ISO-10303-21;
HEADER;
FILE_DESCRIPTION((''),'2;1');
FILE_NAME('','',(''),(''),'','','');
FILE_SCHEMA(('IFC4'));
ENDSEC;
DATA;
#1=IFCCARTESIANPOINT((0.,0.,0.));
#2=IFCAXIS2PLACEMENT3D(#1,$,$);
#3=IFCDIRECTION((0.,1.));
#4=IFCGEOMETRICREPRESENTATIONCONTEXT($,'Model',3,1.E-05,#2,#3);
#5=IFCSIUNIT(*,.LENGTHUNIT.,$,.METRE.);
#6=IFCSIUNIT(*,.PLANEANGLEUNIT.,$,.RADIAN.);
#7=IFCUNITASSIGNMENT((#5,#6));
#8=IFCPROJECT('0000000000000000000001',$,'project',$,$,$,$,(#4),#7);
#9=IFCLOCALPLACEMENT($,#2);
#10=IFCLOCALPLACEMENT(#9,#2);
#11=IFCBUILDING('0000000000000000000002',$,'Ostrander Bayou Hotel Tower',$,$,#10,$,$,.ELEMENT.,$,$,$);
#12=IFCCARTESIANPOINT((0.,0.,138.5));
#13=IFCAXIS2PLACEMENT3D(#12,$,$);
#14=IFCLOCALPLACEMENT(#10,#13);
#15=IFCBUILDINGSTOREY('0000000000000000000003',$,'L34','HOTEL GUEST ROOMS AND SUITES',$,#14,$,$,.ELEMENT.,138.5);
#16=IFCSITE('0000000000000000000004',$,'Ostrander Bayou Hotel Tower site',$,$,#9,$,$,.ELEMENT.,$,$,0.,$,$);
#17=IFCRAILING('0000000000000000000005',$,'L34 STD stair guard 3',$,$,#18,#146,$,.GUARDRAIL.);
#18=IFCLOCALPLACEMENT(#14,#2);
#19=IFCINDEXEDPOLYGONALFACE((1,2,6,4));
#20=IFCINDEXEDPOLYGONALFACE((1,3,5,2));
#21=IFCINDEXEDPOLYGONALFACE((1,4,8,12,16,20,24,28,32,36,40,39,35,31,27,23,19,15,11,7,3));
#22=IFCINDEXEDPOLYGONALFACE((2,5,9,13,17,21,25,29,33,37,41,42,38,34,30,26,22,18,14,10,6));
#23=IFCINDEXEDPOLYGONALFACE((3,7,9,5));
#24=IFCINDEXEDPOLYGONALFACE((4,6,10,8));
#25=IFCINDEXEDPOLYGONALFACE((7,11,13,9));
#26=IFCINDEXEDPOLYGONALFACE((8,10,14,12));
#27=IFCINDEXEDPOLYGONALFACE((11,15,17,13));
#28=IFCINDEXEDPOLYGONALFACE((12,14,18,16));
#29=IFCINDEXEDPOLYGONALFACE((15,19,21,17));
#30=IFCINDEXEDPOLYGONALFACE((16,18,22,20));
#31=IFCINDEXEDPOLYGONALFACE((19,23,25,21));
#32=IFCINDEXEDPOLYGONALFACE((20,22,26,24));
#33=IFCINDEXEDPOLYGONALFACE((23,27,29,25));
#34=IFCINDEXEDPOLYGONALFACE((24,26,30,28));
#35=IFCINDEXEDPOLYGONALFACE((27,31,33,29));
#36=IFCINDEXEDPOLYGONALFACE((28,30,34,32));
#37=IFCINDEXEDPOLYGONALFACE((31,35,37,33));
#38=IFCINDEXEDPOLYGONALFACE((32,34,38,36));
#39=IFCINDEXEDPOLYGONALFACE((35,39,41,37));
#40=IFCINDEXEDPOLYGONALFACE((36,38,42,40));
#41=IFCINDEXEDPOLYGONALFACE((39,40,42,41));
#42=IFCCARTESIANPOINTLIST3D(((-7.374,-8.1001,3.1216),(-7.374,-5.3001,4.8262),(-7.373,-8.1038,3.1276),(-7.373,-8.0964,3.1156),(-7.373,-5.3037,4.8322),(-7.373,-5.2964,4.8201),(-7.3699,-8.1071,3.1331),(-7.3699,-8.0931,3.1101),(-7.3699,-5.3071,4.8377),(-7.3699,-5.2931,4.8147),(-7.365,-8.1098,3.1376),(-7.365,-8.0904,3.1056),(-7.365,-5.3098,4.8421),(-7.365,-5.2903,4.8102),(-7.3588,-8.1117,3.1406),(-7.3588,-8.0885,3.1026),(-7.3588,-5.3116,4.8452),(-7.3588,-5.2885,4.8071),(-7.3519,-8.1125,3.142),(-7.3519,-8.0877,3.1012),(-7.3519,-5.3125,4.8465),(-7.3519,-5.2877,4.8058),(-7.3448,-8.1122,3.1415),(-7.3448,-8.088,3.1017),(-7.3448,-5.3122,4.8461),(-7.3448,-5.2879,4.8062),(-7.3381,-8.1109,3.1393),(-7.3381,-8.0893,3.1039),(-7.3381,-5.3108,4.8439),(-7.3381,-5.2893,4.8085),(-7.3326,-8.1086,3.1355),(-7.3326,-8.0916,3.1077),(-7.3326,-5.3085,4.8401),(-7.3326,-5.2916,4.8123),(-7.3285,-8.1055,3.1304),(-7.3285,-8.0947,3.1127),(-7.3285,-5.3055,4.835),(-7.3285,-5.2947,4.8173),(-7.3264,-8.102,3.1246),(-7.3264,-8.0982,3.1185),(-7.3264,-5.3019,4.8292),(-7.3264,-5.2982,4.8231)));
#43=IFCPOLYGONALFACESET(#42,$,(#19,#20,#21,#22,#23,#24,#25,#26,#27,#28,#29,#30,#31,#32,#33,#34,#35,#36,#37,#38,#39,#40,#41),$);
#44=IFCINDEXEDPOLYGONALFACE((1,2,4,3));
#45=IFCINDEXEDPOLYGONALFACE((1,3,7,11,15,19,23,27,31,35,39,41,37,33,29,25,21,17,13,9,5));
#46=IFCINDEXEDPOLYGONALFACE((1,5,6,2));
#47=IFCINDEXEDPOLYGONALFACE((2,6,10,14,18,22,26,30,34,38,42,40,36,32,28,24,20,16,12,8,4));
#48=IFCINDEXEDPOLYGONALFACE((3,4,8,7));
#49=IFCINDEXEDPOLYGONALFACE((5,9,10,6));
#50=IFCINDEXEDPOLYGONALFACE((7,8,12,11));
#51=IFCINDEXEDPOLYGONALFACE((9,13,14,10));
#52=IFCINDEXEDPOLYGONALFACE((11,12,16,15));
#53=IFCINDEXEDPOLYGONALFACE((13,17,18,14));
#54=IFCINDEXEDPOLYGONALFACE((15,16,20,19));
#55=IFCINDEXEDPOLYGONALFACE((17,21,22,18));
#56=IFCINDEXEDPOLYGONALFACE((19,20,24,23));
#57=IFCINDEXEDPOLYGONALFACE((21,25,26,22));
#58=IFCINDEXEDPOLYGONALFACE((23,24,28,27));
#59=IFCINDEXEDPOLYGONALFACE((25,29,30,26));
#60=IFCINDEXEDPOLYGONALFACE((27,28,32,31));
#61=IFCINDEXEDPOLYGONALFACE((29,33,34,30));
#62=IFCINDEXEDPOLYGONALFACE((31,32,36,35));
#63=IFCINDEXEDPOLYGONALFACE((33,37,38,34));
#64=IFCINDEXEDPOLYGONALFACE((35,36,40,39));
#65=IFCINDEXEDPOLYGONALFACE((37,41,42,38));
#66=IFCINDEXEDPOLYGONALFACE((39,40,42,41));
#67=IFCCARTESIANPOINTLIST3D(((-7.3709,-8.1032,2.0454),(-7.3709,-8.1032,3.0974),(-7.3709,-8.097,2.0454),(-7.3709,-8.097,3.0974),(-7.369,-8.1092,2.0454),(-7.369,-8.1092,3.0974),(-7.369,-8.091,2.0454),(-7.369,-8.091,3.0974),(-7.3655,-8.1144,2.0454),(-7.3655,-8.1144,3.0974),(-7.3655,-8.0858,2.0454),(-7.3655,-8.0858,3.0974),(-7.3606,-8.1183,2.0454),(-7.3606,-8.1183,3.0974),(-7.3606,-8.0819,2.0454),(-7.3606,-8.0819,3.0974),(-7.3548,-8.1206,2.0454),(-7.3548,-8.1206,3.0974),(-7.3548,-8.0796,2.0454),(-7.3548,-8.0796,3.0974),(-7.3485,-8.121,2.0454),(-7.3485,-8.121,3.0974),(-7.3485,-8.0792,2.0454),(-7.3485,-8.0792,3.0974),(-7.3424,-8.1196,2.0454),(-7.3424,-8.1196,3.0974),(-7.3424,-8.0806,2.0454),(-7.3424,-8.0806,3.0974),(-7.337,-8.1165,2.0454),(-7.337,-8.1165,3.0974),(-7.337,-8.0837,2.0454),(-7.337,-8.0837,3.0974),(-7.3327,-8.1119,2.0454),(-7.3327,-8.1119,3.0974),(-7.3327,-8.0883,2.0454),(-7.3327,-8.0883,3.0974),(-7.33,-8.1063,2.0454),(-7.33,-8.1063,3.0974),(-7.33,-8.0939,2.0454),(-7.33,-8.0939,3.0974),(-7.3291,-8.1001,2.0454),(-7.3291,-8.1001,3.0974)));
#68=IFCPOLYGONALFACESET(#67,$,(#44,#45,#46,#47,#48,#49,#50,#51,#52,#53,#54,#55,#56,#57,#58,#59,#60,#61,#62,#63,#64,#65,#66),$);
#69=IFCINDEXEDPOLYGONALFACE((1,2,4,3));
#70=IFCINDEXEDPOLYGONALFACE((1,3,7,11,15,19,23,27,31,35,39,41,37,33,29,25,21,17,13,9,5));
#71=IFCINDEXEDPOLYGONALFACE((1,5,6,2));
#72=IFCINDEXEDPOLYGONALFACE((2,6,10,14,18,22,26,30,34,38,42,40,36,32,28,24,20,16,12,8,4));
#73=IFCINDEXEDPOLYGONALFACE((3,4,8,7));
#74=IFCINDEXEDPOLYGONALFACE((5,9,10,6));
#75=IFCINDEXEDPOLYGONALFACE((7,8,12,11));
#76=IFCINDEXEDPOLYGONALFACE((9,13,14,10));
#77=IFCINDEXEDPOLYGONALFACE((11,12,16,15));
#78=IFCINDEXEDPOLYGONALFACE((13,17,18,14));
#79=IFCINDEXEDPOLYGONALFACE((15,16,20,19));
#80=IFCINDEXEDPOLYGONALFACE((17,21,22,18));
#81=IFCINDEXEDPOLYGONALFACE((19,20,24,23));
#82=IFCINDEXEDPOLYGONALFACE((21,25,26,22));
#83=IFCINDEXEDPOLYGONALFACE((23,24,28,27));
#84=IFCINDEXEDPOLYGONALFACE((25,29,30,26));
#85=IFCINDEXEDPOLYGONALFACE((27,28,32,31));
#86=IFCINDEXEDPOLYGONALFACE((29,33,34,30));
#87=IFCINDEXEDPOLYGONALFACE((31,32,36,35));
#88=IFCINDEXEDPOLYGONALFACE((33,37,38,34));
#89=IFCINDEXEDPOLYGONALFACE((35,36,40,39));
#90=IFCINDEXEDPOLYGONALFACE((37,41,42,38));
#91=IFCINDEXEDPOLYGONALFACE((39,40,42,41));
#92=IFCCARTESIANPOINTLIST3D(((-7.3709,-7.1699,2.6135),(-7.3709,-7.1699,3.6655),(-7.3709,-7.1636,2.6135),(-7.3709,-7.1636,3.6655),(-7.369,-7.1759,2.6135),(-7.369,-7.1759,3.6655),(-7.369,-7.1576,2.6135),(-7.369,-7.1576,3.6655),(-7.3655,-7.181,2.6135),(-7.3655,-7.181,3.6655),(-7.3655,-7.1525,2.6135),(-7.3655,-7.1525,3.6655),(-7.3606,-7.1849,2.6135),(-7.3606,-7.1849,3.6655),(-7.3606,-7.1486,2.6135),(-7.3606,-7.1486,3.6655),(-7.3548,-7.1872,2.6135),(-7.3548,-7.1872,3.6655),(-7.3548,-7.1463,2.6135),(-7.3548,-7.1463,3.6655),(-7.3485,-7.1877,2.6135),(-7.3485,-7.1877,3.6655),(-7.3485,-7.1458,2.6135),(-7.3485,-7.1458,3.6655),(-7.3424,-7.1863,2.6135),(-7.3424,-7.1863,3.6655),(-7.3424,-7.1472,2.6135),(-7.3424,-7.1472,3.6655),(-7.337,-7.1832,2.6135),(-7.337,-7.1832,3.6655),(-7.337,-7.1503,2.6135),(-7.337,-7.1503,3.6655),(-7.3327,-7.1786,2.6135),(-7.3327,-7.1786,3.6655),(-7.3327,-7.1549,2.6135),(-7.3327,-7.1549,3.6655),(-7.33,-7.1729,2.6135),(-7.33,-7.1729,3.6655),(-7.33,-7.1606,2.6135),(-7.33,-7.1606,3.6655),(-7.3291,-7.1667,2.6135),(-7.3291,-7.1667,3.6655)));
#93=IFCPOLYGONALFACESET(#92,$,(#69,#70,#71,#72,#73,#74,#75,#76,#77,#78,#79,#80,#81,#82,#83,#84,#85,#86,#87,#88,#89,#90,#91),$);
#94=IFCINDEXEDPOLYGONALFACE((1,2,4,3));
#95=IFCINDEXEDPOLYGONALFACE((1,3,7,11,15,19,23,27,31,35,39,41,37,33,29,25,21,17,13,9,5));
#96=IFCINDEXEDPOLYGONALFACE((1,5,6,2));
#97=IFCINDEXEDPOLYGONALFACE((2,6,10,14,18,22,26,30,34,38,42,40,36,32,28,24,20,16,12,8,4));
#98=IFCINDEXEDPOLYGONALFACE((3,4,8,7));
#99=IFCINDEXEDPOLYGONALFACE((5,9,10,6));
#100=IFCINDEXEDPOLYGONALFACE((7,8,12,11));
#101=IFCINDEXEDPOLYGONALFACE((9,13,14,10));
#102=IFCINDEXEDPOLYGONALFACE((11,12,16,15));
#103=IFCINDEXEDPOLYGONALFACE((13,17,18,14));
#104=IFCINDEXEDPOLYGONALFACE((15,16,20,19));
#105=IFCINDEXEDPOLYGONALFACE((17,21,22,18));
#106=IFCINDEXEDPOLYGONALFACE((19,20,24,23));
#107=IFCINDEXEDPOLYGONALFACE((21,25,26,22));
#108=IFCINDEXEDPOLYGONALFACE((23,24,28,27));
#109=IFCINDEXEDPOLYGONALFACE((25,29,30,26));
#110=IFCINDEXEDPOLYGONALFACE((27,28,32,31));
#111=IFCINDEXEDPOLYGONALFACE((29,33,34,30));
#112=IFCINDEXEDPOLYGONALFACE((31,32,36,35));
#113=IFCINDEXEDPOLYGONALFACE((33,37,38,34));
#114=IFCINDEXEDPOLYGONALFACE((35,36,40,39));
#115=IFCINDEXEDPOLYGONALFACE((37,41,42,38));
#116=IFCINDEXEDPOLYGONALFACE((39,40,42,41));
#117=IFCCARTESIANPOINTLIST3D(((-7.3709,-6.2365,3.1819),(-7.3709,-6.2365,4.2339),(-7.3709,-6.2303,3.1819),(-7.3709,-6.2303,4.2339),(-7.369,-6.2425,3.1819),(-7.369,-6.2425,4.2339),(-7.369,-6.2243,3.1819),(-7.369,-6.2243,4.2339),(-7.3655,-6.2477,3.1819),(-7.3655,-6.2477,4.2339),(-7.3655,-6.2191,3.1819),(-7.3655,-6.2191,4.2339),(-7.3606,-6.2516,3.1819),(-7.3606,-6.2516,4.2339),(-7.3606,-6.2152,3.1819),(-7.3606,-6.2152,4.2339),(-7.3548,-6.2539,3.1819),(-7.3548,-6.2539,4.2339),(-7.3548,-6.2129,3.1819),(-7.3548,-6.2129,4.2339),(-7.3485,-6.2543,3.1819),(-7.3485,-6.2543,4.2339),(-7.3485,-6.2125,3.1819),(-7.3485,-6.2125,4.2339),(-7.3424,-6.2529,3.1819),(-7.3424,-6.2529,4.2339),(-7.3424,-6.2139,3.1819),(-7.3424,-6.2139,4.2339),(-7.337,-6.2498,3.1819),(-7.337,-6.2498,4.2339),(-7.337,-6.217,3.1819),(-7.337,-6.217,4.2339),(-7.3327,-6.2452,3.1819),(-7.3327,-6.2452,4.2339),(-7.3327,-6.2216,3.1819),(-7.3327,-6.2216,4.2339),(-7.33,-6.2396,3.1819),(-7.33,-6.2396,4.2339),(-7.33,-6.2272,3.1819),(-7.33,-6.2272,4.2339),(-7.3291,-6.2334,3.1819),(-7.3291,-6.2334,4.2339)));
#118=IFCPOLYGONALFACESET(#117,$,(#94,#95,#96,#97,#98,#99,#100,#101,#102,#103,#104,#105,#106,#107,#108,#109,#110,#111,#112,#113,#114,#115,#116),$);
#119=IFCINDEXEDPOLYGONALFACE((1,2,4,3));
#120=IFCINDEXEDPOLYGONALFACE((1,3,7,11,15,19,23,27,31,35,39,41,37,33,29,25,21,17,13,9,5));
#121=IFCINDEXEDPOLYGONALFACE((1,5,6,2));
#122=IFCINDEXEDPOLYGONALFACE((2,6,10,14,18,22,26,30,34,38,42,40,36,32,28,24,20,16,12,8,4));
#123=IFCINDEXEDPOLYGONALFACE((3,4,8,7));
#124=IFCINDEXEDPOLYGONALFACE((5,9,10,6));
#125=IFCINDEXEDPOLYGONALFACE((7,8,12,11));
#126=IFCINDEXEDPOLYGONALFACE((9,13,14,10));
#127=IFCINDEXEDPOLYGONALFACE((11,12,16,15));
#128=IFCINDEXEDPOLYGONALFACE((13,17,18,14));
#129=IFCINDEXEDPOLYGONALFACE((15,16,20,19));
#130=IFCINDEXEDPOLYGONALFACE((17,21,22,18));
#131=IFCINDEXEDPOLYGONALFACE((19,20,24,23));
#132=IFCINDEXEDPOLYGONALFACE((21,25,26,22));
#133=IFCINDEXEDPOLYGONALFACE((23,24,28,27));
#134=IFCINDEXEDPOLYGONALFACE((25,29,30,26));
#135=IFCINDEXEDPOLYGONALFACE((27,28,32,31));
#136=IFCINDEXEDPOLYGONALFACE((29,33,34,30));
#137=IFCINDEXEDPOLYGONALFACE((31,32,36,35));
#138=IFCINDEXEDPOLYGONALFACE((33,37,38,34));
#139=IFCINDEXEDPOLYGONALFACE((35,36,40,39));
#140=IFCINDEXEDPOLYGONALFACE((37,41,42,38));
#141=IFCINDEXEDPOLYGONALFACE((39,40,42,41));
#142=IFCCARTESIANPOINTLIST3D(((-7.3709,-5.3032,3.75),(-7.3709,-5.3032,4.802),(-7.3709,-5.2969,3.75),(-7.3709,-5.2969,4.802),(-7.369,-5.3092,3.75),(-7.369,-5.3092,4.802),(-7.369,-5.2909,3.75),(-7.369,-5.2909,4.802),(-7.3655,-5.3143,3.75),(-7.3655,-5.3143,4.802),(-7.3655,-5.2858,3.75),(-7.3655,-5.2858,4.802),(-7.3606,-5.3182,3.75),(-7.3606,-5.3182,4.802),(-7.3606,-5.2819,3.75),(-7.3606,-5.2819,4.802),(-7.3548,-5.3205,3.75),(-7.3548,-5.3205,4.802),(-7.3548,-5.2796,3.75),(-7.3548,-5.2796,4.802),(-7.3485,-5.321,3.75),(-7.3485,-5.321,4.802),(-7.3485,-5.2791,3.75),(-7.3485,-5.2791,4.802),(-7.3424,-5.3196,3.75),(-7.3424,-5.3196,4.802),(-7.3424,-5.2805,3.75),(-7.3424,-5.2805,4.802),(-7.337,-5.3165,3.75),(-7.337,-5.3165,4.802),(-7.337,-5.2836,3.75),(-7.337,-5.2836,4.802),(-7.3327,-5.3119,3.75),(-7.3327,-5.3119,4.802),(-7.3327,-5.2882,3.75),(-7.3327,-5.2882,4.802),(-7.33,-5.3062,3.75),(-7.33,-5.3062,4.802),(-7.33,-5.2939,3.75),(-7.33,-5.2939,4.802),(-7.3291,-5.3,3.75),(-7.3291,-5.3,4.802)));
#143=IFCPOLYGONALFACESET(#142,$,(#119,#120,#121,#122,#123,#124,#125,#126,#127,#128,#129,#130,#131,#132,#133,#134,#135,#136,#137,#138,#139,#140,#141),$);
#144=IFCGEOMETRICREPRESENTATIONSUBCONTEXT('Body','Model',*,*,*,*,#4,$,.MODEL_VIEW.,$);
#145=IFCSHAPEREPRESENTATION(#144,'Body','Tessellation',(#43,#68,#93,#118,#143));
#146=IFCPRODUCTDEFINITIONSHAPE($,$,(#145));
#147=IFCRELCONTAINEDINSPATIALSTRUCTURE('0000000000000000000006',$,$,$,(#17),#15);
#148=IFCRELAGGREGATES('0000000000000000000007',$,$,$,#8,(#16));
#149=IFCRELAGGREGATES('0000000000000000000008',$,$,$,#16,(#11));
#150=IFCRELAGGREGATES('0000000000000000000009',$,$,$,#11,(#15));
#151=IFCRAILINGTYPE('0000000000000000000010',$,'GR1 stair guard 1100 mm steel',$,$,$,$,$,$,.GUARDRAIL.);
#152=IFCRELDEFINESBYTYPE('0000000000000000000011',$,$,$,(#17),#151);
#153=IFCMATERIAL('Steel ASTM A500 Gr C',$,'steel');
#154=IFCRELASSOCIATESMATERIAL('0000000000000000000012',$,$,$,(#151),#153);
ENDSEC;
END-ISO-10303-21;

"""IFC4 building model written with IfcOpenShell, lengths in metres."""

from ifc_helpers import new_model, si_unit, direction, frame, origin, origin_2d, place, context, subcontext, project, spatial, circle, extrude, material, type_object, element, save


model = new_model("IFC4")

# Units and contexts
model_context = context("Model", 3, precision=1e-05, world=origin(), true_north=direction((0.0, 1.0)))
body_context = subcontext(model_context, "Body", "Model", "MODEL_VIEW")
ifc_project = project(units=[si_unit("LENGTHUNIT", "METRE"), si_unit("PLANEANGLEUNIT", "RADIAN")], contexts=[model_context])

# Site, building, storey
site_placement = place(None, origin())
site = spatial("IfcSite", under=ifc_project, at=site_placement, Name="Ostrander Bayou Hotel Tower site", CompositionType="ELEMENT", RefElevation=0.0)
building_placement = place(site_placement, origin())
building = spatial("IfcBuilding", under=site, at=building_placement, Name="Ostrander Bayou Hotel Tower", CompositionType="ELEMENT")
storey_placement = place(building_placement, frame((0.0, 0.0, 138.5)))
storey = spatial("IfcBuildingStorey", under=building, at=storey_placement, Name="L34", Description="HOTEL GUEST ROOMS AND SUITES", CompositionType="ELEMENT", Elevation=138.5)

# Railing
ifc_material_1 = material(Name="Steel ASTM A500 Gr C", Category="steel")
railing_type_1 = type_object("IfcRailingType", Name="GR1 stair guard 1100 mm steel", PredefinedType="GUARDRAIL", material=ifc_material_1)
railing_1_placement = place(storey_placement, frame((-7.3501, -8.1001, 2.0454)))
element("IfcRailing", 1, at=railing_1_placement, inside=storey, type_object=railing_type_1, Name="L34 STD stair guard 3", PredefinedType="GUARDRAIL", context=body_context, shape_type="SweptSolid", body=[
    extrude(circle(Radius=0.0239, at=origin_2d()), frame((0.0, 0.0, 1.0762), z_axis=(0.0, 0.85417, 0.519994), x_axis=(-1.0, 0.0, 0.0)), (0.0, 0.0, 1.0), 3.2781),
    extrude(circle(Radius=0.021, at=origin_2d()), origin(), (0.0, 0.0, 1.0), 1.052),
    extrude(circle(Radius=0.021, at=origin_2d()), frame((0.0, 0.9333, 0.5681)), (0.0, 0.0, 1.0), 1.052),
    extrude(circle(Radius=0.021, at=origin_2d()), frame((0.0, 1.8667, 1.1365)), (0.0, 0.0, 1.0), 1.052),
    extrude(circle(Radius=0.021, at=origin_2d()), frame((0.0, 2.8, 1.7046)), (0.0, 0.0, 1.0), 1.052),
])

save(model, "model.ifc")
